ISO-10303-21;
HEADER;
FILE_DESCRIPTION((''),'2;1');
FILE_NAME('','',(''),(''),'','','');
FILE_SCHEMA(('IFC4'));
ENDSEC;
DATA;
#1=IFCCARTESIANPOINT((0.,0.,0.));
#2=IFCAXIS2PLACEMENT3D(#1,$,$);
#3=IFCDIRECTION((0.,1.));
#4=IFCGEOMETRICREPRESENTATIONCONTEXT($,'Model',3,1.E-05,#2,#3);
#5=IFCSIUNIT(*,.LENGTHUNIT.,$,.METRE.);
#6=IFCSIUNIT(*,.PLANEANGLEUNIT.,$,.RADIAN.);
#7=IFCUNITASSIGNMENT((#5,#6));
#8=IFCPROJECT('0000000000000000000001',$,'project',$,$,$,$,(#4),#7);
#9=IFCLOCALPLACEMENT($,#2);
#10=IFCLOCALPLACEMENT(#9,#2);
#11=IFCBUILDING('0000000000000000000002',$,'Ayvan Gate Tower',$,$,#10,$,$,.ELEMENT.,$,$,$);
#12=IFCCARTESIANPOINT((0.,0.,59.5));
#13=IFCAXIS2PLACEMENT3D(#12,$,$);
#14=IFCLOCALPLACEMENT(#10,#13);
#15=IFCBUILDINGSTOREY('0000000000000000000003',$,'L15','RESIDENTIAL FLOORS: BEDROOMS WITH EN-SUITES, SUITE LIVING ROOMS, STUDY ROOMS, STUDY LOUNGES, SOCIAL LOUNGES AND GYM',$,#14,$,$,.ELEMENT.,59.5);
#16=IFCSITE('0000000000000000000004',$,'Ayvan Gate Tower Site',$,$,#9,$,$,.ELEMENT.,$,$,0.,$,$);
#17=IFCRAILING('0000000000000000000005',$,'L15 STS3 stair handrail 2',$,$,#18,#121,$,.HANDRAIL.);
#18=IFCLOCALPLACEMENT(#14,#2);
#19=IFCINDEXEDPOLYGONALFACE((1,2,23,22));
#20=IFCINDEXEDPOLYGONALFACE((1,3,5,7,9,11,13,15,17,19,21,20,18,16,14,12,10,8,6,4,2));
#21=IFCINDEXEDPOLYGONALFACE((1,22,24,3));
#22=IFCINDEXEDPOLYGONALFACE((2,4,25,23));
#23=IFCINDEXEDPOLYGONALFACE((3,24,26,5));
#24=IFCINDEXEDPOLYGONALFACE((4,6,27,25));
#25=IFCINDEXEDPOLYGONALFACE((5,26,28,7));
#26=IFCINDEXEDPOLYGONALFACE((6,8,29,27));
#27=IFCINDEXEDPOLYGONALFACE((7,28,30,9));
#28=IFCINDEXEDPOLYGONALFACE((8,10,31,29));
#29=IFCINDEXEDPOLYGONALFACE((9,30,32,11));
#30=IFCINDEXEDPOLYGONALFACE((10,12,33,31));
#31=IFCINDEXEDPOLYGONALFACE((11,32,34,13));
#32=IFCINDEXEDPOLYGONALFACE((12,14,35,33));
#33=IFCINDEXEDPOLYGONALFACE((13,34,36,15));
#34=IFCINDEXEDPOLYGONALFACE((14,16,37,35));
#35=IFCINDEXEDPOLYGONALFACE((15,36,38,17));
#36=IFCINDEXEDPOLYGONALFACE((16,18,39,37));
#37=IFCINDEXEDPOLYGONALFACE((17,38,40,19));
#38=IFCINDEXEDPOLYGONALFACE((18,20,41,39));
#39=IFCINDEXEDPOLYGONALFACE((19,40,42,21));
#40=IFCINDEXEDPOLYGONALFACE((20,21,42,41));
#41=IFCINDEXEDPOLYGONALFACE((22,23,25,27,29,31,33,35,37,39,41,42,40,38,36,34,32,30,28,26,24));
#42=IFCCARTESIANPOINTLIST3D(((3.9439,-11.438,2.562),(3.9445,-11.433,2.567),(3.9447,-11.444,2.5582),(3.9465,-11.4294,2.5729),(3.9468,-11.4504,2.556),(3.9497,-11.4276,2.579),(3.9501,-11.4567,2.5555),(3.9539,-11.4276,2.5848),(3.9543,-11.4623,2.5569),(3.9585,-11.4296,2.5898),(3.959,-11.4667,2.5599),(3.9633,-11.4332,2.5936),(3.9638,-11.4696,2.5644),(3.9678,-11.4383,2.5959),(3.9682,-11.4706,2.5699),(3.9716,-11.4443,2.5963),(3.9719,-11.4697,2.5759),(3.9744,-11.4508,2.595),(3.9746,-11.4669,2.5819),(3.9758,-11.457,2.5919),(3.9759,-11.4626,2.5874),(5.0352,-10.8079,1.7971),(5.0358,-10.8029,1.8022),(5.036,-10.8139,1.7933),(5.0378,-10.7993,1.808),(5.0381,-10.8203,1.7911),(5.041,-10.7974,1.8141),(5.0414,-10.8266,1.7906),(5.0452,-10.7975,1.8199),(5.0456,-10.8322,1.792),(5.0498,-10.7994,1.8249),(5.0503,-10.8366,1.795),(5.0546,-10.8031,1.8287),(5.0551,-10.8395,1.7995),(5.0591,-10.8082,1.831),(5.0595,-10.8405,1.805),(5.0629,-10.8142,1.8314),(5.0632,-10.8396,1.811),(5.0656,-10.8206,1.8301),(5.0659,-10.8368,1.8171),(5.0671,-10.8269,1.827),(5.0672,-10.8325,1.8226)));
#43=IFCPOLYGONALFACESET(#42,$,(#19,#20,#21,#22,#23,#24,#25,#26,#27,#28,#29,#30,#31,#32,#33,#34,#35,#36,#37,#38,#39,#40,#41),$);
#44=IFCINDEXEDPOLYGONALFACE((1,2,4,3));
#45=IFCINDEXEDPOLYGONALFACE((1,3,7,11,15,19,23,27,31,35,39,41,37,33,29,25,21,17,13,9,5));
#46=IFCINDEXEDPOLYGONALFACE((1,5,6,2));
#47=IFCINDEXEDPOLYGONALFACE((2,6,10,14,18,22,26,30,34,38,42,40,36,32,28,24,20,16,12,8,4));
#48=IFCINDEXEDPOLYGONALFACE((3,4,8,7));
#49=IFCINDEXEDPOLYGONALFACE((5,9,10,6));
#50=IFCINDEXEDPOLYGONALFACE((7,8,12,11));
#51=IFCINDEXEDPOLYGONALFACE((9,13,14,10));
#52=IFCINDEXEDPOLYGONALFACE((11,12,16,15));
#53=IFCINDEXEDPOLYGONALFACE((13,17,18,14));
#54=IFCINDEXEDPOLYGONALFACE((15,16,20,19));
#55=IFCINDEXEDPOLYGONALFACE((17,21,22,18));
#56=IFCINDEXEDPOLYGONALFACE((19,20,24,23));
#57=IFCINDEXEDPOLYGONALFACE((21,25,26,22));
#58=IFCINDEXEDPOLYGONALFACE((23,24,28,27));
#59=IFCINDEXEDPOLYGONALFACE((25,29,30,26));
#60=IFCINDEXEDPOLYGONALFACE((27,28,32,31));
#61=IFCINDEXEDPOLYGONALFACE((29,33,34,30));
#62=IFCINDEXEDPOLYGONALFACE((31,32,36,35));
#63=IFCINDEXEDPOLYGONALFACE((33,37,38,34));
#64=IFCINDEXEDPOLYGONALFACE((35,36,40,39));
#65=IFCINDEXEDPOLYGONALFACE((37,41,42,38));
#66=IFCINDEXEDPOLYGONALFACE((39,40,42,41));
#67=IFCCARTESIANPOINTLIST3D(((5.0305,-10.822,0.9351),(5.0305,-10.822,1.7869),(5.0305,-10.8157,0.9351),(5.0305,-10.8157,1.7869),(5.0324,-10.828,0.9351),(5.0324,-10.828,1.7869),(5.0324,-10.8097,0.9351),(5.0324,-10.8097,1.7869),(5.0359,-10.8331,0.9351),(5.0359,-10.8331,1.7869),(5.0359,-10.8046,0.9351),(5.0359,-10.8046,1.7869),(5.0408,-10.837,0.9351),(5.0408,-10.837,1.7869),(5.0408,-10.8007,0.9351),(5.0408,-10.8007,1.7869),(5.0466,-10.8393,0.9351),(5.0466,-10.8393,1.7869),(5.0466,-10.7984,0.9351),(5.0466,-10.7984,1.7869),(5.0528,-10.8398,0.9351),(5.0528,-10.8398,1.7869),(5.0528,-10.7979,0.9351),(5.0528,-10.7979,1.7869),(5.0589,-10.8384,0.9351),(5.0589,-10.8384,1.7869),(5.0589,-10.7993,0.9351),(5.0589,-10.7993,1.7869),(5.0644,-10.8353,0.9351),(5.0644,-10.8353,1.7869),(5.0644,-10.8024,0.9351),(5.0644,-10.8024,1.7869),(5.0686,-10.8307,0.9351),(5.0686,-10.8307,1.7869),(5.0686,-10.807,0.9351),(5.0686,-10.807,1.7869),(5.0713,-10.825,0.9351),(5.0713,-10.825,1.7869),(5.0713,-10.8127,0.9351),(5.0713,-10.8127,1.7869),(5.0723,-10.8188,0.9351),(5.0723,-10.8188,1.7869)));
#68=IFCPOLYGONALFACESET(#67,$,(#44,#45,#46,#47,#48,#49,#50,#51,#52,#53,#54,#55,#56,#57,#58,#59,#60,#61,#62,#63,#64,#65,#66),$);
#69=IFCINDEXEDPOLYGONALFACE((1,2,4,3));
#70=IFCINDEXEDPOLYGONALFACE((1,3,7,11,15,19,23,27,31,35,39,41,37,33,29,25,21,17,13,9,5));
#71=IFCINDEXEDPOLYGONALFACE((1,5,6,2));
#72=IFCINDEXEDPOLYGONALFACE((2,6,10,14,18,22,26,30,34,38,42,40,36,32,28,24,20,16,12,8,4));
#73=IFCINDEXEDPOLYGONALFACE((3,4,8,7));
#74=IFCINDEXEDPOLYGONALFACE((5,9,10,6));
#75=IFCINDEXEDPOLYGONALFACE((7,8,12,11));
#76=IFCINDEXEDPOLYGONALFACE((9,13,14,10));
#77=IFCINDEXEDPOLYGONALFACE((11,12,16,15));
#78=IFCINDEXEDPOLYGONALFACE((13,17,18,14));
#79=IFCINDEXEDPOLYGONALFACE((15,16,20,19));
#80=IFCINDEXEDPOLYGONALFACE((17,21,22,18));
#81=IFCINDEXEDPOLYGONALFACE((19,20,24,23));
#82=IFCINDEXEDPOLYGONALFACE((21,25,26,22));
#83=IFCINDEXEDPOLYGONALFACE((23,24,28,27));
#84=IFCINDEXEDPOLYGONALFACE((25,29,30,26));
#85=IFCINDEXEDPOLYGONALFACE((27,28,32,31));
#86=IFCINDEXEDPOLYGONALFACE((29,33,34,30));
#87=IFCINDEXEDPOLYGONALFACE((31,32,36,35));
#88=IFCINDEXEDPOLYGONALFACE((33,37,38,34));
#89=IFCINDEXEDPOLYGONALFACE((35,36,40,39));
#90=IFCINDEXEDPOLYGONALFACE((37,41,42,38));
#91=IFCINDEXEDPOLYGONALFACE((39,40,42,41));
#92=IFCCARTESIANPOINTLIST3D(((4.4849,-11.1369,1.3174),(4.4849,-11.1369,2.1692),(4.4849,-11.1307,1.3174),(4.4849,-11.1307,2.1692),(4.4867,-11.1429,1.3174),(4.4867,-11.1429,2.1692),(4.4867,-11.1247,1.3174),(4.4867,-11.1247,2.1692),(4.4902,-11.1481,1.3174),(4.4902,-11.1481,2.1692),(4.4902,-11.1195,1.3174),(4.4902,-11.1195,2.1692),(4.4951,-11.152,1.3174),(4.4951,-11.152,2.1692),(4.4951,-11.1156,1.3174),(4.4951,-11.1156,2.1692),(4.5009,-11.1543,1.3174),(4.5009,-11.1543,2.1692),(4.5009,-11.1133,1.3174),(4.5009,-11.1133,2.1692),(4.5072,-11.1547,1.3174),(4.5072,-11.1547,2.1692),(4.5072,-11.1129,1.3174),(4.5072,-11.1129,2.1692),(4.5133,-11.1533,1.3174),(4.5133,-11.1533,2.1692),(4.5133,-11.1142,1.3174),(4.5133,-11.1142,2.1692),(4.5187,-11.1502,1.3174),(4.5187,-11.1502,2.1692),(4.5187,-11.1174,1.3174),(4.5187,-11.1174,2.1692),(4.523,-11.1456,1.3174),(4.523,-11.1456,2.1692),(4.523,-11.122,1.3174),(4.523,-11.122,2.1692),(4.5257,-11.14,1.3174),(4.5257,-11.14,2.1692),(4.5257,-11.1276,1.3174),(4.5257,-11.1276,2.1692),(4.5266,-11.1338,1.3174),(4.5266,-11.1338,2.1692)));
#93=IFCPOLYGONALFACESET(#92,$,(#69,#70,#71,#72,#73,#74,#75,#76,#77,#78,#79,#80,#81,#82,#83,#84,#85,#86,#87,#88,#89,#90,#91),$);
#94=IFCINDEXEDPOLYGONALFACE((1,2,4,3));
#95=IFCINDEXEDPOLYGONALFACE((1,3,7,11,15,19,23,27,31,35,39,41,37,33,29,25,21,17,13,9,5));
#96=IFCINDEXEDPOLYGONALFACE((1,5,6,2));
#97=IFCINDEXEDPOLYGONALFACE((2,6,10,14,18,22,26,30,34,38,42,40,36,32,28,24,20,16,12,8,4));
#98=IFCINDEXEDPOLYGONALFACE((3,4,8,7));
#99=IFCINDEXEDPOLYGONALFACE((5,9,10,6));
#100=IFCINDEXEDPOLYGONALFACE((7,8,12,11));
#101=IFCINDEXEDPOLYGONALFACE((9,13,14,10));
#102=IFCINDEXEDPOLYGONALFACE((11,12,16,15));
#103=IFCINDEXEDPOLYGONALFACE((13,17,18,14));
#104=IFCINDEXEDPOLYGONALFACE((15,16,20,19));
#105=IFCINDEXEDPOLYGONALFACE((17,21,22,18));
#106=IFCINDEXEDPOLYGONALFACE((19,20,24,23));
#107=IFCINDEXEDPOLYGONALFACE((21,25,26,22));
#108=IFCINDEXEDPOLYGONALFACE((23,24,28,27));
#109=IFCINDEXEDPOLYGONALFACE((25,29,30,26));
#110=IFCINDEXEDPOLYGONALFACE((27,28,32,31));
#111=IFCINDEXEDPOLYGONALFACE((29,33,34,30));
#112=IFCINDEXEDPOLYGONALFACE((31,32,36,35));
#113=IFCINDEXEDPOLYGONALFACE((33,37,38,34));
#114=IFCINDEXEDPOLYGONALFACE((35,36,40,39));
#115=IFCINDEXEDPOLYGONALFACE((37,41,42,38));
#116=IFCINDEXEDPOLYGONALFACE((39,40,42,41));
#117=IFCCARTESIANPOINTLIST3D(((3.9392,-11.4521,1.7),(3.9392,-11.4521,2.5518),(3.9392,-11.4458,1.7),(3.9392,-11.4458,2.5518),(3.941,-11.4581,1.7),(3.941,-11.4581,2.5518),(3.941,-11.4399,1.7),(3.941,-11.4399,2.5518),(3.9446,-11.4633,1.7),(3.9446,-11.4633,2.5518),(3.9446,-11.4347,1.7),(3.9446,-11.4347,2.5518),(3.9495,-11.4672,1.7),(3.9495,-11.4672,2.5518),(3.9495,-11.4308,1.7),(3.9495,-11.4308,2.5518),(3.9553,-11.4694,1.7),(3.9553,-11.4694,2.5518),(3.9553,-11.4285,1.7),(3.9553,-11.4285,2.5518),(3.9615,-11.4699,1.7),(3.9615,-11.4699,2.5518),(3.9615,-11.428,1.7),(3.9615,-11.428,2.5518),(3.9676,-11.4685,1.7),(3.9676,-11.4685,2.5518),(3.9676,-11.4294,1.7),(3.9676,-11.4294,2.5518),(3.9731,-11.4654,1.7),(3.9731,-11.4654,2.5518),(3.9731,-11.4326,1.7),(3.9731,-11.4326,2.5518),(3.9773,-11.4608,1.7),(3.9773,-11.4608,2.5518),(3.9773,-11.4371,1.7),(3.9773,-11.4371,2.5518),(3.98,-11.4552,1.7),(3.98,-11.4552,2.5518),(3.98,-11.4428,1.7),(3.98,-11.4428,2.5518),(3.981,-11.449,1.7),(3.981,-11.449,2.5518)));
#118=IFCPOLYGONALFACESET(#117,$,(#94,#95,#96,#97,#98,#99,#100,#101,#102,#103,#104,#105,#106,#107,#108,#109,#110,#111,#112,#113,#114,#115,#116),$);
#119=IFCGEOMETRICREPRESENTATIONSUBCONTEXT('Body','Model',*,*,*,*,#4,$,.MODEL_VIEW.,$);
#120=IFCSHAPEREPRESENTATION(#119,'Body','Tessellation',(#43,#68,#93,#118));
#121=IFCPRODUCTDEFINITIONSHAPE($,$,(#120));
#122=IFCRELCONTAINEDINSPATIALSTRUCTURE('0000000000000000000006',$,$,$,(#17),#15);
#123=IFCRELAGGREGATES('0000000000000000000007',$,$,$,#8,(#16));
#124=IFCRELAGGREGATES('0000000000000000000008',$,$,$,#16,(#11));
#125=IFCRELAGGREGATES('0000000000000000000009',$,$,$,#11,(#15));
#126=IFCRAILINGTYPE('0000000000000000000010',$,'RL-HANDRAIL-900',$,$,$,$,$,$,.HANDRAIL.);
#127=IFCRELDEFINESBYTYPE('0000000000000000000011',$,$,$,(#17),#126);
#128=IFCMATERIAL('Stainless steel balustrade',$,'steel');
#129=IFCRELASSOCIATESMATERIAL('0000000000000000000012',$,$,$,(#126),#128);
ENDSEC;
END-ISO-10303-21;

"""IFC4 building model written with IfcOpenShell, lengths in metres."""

from ifc_helpers import new_model, si_unit, direction, frame, origin, origin_2d, place, context, subcontext, project, spatial, circle, extrude, material, type_object, element, save


model = new_model("IFC4")

# Units and contexts
model_context = context("Model", 3, precision=1e-05, world=origin(), true_north=direction((0.0, 1.0)))
body_context = subcontext(model_context, "Body", "Model", "MODEL_VIEW")
ifc_project = project(units=[si_unit("LENGTHUNIT", "METRE"), si_unit("PLANEANGLEUNIT", "RADIAN")], contexts=[model_context])

# Site, building, storey
site_placement = place(None, origin())
site = spatial("IfcSite", under=ifc_project, at=site_placement, Name="Ayvan Gate Tower Site", CompositionType="ELEMENT", RefElevation=0.0)
building_placement = place(site_placement, origin())
building = spatial("IfcBuilding", under=site, at=building_placement, Name="Ayvan Gate Tower", CompositionType="ELEMENT")
storey_placement = place(building_placement, frame((0.0, 0.0, 59.5)))
storey = spatial("IfcBuildingStorey", under=building, at=storey_placement, Name="L15", Description="RESIDENTIAL FLOORS: BEDROOMS WITH EN-SUITES, SUITE LIVING ROOMS, STUDY ROOMS, STUDY LOUNGES, SOCIAL LOUNGES AND GYM", CompositionType="ELEMENT", Elevation=59.5)

# Railing
ifc_material_1 = material(Name="Stainless steel balustrade", Category="steel")
railing_type_1 = type_object("IfcRailingType", Name="RL-HANDRAIL-900", PredefinedType="HANDRAIL", material=ifc_material_1)
railing_1_placement = place(storey_placement, frame((5.0513, -10.8188, 0.9351)))
element("IfcRailing", 1, at=railing_1_placement, inside=storey, type_object=railing_type_1, Name="L15 STS3 stair handrail 2", PredefinedType="HANDRAIL", context=body_context, shape_type="SweptSolid", body=[
    extrude(circle(Radius=0.0239, at=origin_2d()), frame((0.0, 0.0, 0.876), z_axis=(-0.740304, -0.427455, 0.518875), x_axis=(0.500035, -0.866005, 0.0)), (0.0, 0.0, 1.0), 1.4741),
    extrude(circle(Radius=0.021, at=origin_2d()), origin(), (0.0, 0.0, 1.0), 0.8518),
    extrude(circle(Radius=0.021, at=origin_2d()), frame((-0.5457, -0.3149, 0.3823)), (0.0, 0.0, 1.0), 0.8518),
    extrude(circle(Radius=0.021, at=origin_2d()), frame((-1.0913, -0.6301, 0.7649)), (0.0, 0.0, 1.0), 0.8518),
])

save(model, "model.ifc")
